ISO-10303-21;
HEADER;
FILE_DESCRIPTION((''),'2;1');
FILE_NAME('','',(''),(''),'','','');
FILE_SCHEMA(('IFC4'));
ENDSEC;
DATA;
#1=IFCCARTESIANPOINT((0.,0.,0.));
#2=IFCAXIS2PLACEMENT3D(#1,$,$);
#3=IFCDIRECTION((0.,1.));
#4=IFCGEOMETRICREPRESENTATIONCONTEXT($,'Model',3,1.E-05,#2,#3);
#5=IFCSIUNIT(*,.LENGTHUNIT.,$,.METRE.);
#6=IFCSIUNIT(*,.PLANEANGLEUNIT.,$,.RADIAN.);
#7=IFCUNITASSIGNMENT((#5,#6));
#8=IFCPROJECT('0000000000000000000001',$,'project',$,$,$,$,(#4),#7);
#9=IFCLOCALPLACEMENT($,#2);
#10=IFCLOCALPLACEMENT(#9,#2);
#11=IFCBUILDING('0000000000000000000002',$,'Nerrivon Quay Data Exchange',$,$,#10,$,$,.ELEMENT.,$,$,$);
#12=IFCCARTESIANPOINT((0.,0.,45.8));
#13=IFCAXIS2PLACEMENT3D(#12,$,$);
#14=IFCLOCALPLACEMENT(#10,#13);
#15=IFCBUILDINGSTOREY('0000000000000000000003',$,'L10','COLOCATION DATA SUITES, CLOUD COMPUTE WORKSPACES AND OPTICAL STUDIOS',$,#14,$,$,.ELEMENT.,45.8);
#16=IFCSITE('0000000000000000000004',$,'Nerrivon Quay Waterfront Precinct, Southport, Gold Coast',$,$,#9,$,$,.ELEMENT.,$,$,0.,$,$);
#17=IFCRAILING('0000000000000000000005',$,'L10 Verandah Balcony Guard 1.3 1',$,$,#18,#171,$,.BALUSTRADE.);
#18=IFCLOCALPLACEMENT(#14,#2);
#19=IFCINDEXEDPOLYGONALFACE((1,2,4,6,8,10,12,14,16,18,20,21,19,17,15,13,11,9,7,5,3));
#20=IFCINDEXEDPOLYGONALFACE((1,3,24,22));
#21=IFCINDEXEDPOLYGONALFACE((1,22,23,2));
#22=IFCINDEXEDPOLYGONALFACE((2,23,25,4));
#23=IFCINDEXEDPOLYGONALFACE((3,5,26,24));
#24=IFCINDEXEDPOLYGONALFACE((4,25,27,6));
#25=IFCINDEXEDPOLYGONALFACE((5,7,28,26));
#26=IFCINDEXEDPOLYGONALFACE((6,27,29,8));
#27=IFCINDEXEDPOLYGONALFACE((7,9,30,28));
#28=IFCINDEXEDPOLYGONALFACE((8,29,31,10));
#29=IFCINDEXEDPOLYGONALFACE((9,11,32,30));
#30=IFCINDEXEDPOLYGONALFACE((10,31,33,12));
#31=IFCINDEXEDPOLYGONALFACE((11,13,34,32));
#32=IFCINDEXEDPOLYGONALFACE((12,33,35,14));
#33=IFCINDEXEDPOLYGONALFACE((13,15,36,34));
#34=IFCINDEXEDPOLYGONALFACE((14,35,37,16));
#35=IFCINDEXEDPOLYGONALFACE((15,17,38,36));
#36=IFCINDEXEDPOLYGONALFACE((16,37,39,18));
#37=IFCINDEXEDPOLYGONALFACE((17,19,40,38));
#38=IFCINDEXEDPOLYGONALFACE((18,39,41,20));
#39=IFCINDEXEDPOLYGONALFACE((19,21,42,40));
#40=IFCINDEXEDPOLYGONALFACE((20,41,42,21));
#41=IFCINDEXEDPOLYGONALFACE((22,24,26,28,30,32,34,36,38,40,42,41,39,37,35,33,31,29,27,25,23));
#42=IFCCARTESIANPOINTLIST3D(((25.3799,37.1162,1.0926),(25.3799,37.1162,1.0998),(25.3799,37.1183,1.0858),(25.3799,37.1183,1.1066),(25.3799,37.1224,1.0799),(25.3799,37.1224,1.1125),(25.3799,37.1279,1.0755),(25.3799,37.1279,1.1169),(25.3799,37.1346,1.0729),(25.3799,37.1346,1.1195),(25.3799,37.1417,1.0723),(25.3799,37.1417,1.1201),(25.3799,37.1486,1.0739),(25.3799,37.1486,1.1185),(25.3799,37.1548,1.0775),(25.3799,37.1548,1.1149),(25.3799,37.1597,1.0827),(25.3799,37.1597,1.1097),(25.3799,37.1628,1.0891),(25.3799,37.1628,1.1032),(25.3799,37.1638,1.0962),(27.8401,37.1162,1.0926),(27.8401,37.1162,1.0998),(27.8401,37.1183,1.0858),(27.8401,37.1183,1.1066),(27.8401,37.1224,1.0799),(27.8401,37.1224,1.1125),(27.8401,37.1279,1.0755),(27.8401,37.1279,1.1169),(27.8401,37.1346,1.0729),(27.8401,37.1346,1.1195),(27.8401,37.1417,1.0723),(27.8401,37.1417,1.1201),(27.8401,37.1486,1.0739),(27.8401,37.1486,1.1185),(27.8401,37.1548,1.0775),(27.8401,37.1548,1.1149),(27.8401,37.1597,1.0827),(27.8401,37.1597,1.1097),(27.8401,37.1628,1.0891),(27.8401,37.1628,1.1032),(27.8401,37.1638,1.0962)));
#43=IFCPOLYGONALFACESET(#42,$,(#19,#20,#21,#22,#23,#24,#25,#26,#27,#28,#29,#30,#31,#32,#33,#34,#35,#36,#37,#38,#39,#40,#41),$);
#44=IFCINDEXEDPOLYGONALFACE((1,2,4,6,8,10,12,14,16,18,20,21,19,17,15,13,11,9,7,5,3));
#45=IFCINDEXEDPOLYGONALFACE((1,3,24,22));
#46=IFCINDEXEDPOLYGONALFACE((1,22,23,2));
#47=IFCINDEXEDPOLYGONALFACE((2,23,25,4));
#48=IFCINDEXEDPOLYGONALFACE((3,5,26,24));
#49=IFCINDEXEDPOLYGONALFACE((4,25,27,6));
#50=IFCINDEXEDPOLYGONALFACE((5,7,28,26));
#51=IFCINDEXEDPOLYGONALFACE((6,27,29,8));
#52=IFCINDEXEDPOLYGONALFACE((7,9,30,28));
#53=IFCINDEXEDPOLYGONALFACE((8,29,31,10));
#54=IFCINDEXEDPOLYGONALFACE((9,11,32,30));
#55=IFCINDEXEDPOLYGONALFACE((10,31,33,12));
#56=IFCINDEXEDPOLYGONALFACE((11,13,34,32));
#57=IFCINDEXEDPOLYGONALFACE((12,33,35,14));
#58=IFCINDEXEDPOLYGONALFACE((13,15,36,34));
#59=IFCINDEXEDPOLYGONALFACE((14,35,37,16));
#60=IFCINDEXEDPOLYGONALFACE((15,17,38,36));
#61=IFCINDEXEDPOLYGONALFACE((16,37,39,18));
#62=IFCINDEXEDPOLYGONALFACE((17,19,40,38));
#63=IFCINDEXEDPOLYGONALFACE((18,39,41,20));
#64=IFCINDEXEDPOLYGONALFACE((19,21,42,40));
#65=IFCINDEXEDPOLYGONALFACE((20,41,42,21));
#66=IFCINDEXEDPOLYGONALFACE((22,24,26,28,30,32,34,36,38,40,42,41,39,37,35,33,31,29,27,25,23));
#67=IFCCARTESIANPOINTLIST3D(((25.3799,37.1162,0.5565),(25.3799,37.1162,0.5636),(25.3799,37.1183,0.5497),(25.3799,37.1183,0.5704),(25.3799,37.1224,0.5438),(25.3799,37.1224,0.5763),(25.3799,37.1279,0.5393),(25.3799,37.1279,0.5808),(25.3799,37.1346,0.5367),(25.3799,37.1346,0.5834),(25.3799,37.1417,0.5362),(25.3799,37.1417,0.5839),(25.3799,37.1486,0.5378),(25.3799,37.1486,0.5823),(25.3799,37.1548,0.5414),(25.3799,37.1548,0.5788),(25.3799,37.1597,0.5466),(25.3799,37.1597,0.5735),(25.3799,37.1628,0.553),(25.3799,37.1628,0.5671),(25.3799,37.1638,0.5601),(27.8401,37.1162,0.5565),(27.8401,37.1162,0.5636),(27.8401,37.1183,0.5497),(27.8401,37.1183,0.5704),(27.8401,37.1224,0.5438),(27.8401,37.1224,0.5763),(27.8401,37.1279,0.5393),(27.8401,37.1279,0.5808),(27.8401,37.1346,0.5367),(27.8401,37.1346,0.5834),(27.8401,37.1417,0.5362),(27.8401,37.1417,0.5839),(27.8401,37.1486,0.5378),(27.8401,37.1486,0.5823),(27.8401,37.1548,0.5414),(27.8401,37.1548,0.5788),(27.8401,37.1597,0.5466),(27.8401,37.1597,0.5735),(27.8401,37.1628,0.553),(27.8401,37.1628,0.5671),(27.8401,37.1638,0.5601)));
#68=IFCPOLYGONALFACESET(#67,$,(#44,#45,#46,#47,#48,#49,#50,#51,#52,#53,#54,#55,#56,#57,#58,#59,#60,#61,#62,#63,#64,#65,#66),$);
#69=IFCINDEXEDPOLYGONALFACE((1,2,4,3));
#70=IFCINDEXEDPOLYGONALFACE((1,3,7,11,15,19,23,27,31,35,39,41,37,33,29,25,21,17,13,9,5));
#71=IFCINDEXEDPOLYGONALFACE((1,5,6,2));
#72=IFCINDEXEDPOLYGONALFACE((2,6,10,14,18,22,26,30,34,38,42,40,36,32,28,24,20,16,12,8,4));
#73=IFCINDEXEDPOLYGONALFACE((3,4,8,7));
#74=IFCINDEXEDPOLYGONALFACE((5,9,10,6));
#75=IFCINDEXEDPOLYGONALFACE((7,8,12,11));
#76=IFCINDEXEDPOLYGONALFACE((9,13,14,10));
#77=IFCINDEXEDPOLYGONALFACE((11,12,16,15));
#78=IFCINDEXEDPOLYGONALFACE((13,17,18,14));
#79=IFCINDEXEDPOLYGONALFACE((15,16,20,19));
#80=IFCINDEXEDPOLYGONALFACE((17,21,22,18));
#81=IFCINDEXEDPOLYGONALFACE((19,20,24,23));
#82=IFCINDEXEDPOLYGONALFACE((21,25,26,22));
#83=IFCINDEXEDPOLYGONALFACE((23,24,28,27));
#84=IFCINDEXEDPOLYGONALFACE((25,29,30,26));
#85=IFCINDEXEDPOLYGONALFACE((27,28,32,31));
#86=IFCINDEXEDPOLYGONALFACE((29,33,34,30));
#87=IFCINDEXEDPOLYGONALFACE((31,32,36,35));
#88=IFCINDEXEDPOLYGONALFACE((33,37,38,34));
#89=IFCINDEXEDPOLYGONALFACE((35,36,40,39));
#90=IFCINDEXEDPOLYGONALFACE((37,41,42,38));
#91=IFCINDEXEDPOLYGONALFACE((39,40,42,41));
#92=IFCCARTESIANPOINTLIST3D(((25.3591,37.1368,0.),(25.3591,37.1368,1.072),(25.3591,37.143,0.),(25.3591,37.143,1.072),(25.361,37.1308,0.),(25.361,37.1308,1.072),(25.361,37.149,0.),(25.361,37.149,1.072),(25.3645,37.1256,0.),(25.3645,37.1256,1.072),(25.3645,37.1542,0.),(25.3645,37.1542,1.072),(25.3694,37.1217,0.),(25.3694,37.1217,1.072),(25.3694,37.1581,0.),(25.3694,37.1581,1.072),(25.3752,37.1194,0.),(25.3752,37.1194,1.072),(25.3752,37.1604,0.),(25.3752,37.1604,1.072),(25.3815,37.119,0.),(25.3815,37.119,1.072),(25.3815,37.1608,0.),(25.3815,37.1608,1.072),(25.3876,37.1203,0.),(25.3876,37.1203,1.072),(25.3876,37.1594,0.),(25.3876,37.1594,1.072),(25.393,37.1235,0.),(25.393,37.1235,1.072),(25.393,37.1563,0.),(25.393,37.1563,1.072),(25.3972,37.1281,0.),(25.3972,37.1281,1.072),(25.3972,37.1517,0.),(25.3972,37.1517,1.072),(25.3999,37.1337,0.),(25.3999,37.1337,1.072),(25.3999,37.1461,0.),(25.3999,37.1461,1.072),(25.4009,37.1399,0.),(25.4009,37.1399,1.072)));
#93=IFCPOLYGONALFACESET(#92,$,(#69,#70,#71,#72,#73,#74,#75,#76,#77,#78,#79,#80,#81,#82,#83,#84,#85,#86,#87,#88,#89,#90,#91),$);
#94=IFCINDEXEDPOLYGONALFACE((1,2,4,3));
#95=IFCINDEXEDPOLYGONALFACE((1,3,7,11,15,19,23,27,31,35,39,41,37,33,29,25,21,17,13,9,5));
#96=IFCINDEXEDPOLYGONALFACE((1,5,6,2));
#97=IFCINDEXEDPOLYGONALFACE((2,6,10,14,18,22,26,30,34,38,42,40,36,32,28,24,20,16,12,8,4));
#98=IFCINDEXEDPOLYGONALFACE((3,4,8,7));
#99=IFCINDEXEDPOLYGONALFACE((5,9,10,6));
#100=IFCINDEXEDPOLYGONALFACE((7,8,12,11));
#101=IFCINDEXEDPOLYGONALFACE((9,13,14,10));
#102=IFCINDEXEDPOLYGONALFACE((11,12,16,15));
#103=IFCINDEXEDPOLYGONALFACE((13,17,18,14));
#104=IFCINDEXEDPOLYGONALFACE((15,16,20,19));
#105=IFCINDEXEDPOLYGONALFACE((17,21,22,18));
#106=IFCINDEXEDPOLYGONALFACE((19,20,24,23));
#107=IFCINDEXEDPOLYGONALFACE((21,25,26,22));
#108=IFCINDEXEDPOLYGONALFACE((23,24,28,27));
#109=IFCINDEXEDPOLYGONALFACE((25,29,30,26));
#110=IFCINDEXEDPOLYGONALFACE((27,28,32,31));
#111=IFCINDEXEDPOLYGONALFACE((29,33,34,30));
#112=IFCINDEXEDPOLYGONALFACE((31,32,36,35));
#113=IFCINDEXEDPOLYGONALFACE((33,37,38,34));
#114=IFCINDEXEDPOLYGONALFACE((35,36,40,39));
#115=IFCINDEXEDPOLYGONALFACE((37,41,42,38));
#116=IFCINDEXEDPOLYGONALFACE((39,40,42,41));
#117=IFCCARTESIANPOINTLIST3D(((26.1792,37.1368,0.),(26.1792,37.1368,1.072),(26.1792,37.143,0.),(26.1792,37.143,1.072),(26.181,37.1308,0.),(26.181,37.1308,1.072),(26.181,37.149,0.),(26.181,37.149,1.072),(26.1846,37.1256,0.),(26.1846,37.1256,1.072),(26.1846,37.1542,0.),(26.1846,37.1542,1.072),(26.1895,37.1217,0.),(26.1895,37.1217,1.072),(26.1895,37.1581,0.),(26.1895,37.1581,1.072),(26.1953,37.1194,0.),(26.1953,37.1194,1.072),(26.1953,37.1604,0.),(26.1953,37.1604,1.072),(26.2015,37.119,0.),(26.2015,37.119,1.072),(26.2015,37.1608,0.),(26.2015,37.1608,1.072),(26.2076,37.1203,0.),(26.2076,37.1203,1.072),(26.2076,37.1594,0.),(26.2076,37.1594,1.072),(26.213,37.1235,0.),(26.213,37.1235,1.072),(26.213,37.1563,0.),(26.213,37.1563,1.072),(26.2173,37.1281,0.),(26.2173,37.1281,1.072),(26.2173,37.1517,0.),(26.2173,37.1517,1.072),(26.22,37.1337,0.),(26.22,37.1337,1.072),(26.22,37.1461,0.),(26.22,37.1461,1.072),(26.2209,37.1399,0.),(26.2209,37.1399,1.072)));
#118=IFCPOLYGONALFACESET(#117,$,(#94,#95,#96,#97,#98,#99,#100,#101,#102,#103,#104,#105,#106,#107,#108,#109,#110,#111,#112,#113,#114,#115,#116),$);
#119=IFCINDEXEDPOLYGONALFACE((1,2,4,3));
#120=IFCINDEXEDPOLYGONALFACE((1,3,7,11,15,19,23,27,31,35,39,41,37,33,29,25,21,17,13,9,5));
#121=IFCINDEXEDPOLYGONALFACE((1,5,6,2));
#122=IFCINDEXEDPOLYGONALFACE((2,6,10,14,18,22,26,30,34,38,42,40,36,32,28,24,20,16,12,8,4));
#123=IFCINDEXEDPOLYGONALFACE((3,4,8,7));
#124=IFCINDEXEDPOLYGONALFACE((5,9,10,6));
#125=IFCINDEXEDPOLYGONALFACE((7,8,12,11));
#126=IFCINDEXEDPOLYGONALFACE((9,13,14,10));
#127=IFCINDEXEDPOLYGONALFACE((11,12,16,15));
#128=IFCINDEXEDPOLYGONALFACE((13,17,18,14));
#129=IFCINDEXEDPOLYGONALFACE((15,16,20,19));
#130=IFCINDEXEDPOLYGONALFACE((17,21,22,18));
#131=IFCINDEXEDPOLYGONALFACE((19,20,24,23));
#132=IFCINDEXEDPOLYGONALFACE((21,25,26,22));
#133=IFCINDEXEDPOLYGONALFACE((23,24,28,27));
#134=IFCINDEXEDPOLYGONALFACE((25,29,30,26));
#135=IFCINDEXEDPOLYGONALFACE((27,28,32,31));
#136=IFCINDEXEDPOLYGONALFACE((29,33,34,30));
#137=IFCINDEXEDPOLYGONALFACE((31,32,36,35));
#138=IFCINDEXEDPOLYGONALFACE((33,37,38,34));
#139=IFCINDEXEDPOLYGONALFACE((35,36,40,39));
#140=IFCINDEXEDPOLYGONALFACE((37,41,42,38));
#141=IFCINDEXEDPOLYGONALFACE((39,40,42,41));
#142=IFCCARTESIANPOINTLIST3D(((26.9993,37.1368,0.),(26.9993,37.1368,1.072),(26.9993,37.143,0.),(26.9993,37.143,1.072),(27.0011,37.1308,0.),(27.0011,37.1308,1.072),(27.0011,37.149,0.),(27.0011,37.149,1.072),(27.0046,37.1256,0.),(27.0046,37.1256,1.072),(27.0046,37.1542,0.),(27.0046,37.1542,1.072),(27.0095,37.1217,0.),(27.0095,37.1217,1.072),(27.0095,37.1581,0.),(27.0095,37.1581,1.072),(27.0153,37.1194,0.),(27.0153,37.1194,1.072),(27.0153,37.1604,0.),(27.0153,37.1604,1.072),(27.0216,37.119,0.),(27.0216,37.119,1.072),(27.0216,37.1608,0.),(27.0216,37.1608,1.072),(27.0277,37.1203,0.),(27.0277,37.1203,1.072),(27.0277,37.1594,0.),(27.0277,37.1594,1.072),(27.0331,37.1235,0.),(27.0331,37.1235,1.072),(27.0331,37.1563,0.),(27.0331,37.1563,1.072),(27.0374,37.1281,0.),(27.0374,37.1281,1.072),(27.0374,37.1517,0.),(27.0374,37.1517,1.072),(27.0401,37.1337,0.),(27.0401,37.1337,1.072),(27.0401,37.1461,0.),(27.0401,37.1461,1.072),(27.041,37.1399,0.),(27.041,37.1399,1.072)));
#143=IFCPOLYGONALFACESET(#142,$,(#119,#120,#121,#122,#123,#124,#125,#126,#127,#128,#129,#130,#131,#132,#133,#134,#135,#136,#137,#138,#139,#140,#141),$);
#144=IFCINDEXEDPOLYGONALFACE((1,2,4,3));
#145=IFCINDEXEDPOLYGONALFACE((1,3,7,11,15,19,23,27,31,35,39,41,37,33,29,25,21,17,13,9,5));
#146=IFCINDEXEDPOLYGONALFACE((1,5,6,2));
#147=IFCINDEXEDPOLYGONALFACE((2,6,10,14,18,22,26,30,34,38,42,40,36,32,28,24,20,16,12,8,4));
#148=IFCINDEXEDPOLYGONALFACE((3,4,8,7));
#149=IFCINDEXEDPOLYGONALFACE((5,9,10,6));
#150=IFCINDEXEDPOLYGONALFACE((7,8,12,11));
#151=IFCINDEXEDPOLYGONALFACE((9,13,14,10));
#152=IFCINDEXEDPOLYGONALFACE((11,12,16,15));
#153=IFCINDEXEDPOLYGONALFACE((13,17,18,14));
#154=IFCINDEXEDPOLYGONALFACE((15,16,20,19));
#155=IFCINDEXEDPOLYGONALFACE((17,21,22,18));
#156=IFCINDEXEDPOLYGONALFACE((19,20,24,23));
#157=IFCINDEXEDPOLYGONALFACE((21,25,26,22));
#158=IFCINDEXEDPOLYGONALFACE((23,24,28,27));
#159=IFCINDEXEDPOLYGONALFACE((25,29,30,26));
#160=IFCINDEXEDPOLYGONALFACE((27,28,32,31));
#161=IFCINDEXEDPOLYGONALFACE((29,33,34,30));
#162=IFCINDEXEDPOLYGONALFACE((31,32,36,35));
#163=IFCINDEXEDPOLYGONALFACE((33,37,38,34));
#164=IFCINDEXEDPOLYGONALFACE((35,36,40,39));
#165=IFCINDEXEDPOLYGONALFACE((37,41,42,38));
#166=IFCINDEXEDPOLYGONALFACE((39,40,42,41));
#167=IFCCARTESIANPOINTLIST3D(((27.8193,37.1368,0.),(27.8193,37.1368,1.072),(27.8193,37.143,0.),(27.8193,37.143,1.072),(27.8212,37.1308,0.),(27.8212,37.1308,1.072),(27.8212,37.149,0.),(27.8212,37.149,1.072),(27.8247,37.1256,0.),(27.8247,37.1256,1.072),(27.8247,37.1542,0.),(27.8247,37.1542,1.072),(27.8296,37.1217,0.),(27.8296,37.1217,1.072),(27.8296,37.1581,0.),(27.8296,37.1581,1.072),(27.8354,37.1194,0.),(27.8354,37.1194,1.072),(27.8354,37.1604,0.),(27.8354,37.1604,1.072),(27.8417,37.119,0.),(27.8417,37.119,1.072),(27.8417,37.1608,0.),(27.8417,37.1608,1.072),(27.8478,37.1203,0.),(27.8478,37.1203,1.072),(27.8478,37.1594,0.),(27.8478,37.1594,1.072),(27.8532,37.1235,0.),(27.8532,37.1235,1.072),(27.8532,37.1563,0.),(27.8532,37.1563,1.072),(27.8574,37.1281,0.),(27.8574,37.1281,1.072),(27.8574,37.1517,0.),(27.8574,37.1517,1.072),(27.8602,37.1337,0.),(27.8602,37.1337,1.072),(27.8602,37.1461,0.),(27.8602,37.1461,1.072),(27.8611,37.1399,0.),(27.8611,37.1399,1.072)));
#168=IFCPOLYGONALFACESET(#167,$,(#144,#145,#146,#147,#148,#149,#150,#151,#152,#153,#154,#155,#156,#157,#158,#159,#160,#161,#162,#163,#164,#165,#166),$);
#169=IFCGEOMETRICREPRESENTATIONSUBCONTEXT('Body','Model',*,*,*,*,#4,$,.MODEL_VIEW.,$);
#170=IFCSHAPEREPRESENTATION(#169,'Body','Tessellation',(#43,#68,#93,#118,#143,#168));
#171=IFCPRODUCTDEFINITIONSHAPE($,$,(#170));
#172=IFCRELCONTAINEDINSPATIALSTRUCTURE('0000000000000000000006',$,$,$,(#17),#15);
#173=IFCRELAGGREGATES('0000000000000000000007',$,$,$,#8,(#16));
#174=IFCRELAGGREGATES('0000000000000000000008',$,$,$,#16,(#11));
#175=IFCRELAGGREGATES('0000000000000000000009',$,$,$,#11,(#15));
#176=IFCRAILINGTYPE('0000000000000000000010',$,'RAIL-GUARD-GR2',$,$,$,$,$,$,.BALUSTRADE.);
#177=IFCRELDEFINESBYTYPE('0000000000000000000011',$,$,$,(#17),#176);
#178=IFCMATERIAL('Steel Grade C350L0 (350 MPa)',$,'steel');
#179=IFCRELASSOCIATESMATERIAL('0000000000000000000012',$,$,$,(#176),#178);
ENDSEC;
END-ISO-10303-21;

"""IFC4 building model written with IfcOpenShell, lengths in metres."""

from ifc_helpers import new_model, si_unit, direction, frame, origin, origin_2d, place, context, subcontext, project, spatial, circle, extrude, material, type_object, element, save


model = new_model("IFC4")

# Units and contexts
model_context = context("Model", 3, precision=1e-05, world=origin(), true_north=direction((0.0, 1.0)))
body_context = subcontext(model_context, "Body", "Model", "MODEL_VIEW")
ifc_project = project(units=[si_unit("LENGTHUNIT", "METRE"), si_unit("PLANEANGLEUNIT", "RADIAN")], contexts=[model_context])

# Site, building, storey
site_placement = place(None, origin())
site = spatial("IfcSite", under=ifc_project, at=site_placement, Name="Nerrivon Quay Waterfront Precinct, Southport, Gold Coast", CompositionType="ELEMENT", RefElevation=0.0)
building_placement = place(site_placement, origin())
building = spatial("IfcBuilding", under=site, at=building_placement, Name="Nerrivon Quay Data Exchange", CompositionType="ELEMENT")
storey_placement = place(building_placement, frame((0.0, 0.0, 45.8)))
storey = spatial("IfcBuildingStorey", under=building, at=storey_placement, Name="L10", Description="COLOCATION DATA SUITES, CLOUD COMPUTE WORKSPACES AND OPTICAL STUDIOS", CompositionType="ELEMENT", Elevation=45.8)

# Railing
ifc_material_1 = material(Name="Steel Grade C350L0 (350 MPa)", Category="steel")
railing_type = type_object("IfcRailingType", Name="RAIL-GUARD-GR2", PredefinedType="BALUSTRADE", material=ifc_material_1)
railing_1_placement = place(storey_placement, frame((25.3799, 37.1399, 0.0)))
element("IfcRailing", 1, at=railing_1_placement, inside=storey, type_object=railing_type, Name="L10 Verandah Balcony Guard 1.3 1", PredefinedType="BALUSTRADE", context=body_context, shape_type="SweptSolid", body=[
    extrude(circle(Radius=0.0239, at=origin_2d()), frame((0.0, 0.0, 1.0962), z_axis=(1.0, 0.0, 0.0), x_axis=(0.0, 1.0, 0.0)), (0.0, 0.0, 1.0), 2.4602),
    extrude(circle(Radius=0.0239, at=origin_2d()), frame((0.0, 0.0, 0.5601), z_axis=(1.0, 0.0, 0.0), x_axis=(0.0, 1.0, 0.0)), (0.0, 0.0, 1.0), 2.4602),
    extrude(circle(Radius=0.021, at=origin_2d()), origin(), (0.0, 0.0, 1.0), 1.072),
    extrude(circle(Radius=0.021, at=origin_2d()), frame((0.8201, 0.0, 0.0)), (0.0, 0.0, 1.0), 1.072),
    extrude(circle(Radius=0.021, at=origin_2d()), frame((1.6401, 0.0, 0.0)), (0.0, 0.0, 1.0), 1.072),
    extrude(circle(Radius=0.021, at=origin_2d()), frame((2.4602, 0.0, 0.0)), (0.0, 0.0, 1.0), 1.072),
])

save(model, "model.ifc")
